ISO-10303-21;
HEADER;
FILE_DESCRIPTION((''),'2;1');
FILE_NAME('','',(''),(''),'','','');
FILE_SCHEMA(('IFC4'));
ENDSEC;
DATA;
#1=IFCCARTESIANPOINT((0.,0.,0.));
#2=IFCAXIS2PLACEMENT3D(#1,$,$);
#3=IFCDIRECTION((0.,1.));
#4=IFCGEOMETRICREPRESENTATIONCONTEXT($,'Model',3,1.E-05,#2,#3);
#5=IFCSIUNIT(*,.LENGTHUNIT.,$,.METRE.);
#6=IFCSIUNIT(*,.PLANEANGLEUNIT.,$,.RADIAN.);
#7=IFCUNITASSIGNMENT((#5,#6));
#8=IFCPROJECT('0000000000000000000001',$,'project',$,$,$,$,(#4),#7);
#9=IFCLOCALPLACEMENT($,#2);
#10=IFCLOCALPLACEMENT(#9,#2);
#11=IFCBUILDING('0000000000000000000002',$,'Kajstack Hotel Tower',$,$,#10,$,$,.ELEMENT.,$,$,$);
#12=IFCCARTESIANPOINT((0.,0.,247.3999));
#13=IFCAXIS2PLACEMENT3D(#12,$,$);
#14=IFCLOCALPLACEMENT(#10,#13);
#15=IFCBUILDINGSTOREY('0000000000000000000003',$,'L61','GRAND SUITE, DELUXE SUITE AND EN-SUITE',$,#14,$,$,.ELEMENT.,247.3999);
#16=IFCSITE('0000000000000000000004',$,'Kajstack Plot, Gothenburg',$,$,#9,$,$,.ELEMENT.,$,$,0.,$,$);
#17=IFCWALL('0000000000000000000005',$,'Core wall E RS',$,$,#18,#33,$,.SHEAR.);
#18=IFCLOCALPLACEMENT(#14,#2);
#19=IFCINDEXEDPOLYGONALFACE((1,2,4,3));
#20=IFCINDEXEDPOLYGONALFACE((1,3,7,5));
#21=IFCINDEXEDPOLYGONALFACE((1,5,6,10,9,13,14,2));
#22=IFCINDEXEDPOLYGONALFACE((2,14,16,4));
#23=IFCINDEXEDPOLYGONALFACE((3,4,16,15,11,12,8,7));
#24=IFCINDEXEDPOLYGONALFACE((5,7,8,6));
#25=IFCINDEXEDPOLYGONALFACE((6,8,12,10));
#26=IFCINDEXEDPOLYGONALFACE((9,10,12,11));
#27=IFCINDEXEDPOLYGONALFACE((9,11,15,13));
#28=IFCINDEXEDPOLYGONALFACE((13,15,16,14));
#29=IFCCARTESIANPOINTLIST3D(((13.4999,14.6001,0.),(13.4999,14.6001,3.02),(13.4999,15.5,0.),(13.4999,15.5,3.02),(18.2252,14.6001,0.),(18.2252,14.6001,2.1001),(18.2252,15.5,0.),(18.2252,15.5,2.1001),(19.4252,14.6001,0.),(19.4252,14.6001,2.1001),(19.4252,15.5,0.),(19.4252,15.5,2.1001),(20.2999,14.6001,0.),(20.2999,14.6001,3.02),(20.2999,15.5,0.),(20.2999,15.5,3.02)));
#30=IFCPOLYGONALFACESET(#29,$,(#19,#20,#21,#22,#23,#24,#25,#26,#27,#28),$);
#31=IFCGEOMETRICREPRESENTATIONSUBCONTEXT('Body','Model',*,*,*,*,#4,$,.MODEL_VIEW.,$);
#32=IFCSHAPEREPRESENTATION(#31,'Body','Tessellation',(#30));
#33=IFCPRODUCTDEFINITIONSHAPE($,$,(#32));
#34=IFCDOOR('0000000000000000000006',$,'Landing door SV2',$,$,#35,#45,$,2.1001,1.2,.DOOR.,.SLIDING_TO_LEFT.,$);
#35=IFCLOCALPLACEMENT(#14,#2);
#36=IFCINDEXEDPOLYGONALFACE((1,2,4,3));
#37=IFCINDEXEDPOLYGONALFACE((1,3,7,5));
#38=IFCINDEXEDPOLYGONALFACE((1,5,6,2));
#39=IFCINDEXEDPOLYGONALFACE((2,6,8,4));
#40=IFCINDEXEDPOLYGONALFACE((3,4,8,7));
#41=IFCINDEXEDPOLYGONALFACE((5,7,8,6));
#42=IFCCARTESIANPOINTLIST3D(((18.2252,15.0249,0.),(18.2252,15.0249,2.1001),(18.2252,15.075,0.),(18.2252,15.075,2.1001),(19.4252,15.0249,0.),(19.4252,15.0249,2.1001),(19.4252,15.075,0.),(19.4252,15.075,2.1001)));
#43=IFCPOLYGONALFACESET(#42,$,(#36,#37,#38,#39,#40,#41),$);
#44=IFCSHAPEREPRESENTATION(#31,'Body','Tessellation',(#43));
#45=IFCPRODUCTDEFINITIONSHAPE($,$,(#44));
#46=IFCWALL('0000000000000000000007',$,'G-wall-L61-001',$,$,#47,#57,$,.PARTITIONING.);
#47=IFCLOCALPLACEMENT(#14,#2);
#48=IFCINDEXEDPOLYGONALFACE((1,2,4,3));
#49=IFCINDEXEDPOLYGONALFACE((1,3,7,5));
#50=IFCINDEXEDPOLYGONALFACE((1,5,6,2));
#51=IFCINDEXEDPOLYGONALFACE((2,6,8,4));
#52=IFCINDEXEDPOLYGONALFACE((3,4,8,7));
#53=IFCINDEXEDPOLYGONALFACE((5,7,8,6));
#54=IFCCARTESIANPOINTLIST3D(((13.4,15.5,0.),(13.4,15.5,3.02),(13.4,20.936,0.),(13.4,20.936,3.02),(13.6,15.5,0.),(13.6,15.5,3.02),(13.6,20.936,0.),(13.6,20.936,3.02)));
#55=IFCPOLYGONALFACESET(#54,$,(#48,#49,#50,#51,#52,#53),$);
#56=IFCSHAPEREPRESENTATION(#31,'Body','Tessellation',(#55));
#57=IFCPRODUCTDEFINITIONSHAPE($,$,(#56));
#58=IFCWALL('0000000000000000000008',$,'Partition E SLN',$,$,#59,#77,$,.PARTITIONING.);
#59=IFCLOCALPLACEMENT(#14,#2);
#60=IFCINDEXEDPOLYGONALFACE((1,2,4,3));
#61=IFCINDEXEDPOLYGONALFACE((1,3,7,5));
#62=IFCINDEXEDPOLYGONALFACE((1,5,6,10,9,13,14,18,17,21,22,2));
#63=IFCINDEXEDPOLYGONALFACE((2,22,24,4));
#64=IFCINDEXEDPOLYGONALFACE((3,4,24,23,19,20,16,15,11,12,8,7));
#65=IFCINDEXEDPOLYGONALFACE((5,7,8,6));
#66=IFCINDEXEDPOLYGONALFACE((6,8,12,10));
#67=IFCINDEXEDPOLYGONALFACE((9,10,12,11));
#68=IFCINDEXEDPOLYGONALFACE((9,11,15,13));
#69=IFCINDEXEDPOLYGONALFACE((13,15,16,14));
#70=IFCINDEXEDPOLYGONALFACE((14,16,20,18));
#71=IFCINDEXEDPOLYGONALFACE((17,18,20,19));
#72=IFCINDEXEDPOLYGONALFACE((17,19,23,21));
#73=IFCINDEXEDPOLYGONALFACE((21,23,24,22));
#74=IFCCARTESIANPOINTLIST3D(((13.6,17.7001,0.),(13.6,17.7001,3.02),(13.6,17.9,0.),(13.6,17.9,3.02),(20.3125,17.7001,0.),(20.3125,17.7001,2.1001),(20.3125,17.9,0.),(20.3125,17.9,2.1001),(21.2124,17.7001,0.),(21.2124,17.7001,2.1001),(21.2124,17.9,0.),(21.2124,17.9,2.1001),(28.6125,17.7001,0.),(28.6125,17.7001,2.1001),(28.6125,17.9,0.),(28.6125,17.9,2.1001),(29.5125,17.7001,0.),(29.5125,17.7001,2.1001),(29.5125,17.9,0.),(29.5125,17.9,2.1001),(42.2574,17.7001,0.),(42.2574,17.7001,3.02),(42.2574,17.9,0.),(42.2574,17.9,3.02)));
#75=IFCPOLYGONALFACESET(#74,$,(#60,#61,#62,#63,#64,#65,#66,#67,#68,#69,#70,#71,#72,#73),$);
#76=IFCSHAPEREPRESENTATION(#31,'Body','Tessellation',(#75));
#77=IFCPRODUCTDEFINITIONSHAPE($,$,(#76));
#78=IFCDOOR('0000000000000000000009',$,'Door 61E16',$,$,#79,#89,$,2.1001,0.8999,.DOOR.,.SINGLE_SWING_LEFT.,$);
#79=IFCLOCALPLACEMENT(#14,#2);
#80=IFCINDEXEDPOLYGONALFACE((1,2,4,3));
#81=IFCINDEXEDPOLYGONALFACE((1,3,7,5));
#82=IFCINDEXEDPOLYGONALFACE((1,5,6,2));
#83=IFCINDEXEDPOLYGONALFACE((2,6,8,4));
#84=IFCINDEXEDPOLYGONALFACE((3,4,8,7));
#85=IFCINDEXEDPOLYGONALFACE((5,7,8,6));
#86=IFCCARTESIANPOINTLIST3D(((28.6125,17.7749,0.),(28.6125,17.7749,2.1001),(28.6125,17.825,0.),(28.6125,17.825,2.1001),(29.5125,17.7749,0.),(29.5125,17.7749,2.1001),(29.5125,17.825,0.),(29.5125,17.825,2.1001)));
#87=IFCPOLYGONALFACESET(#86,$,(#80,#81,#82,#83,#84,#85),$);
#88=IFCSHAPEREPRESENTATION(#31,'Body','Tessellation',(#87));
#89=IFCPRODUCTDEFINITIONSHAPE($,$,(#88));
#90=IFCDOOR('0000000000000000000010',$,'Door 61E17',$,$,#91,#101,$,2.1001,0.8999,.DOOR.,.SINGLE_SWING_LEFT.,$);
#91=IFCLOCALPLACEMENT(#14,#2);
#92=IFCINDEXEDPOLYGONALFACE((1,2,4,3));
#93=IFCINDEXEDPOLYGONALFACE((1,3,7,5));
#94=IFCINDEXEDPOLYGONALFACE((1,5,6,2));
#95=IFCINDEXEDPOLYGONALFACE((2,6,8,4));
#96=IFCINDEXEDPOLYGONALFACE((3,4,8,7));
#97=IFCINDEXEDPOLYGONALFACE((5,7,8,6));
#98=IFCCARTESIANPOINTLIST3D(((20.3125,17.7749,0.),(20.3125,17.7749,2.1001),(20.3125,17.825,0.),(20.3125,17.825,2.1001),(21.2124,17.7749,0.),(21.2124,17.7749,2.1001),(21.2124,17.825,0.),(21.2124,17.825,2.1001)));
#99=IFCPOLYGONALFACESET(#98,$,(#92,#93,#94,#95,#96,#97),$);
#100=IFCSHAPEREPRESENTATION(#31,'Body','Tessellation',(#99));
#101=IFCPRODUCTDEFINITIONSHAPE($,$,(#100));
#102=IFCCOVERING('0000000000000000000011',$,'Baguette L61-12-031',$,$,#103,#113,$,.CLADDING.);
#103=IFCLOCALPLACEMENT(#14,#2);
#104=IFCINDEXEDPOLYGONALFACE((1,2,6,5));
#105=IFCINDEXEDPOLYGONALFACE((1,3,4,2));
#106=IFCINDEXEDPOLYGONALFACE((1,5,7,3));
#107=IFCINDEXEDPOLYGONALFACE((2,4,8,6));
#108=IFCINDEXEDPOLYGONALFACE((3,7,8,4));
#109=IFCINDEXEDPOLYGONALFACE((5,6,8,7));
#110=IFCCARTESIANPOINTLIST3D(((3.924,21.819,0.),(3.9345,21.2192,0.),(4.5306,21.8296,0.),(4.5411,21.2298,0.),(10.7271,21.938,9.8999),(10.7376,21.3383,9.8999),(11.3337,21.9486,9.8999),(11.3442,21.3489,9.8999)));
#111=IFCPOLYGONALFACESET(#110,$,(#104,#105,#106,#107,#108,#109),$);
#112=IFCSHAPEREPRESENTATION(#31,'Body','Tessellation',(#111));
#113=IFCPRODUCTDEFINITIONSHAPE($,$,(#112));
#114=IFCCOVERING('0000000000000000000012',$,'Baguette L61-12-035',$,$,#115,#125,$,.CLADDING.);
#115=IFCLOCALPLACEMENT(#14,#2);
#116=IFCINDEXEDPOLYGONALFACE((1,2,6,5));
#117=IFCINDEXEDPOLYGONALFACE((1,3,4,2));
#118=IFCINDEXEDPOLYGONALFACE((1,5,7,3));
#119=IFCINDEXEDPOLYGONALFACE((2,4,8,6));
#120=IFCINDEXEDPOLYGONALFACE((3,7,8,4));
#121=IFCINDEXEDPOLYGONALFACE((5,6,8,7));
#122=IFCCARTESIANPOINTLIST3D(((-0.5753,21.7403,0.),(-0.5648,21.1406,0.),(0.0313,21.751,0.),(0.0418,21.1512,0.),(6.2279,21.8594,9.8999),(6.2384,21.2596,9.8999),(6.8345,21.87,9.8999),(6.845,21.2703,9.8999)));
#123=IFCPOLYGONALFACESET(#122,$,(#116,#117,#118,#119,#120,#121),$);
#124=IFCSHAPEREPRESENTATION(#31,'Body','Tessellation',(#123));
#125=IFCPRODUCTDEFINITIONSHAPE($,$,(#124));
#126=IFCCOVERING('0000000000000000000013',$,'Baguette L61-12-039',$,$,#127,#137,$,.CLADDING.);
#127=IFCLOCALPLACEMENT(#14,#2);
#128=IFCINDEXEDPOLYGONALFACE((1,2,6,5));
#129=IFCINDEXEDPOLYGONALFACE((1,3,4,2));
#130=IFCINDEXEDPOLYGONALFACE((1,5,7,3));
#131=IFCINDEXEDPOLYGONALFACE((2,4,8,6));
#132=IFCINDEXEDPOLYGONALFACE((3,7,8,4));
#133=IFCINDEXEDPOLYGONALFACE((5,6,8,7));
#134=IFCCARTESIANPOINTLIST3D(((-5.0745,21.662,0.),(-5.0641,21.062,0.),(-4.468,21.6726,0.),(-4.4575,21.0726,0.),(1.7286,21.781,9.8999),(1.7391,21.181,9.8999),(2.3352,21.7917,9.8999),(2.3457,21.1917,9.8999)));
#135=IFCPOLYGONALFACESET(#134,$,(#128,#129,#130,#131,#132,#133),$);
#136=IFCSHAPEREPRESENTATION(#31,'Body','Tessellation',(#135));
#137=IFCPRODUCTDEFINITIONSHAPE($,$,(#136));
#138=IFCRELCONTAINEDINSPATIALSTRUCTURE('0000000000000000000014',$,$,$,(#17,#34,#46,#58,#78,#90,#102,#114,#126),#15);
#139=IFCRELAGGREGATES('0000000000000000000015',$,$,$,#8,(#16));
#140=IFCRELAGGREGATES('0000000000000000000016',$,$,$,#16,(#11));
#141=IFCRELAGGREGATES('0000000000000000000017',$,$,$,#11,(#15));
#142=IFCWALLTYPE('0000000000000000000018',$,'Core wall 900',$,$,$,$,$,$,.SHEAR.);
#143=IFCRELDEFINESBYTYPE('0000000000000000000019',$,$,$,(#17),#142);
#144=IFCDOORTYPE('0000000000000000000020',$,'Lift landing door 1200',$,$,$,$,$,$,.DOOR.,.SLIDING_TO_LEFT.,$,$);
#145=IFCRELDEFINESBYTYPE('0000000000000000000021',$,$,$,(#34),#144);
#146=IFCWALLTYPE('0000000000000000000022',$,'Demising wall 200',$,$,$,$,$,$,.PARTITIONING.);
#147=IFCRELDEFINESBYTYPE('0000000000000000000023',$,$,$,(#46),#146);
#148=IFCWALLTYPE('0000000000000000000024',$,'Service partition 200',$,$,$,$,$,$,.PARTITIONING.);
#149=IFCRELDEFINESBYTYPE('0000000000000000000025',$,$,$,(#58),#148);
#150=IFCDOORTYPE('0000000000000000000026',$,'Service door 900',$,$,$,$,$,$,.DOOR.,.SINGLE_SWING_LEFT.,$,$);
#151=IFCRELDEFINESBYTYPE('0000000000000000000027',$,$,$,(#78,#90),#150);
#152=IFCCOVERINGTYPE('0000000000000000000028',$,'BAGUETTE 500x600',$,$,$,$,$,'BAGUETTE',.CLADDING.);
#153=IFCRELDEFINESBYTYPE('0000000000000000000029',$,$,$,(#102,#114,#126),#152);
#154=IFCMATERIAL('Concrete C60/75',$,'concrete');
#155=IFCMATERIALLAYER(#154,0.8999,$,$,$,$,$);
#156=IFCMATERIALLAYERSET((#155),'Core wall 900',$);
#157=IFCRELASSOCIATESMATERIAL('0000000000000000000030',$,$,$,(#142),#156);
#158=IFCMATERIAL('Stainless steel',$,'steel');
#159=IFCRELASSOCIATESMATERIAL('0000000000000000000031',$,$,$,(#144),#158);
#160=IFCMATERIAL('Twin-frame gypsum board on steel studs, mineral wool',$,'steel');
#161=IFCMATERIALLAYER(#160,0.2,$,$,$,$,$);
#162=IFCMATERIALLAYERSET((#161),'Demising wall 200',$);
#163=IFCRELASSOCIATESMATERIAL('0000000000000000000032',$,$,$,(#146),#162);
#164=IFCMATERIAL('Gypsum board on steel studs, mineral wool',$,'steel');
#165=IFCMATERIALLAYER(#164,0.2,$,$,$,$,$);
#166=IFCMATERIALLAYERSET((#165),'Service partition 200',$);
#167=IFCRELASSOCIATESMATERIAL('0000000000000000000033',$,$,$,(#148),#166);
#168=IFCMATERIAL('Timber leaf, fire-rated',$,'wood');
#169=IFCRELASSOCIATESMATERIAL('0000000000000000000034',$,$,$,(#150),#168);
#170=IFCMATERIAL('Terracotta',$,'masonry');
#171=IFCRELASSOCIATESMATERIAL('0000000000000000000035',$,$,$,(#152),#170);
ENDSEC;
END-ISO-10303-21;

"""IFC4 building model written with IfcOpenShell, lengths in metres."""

from ifc_helpers import new_model, si_unit, direction, frame, frame_2d, origin, origin_2d, place, context, subcontext, project, spatial, polyline, rectangle, outline, extrude, material, layer, layer_set, material_profile, profile_set, type_object, element, fill, save


model = new_model("IFC4")

# Units and contexts
model_context = context("Model", 3, precision=1e-05, world=origin(), true_north=direction((0.0, 1.0)))
body_context = subcontext(model_context, "Body", "Model", "MODEL_VIEW")
ifc_project = project(units=[si_unit("LENGTHUNIT", "METRE"), si_unit("PLANEANGLEUNIT", "RADIAN")], contexts=[model_context])

# Site, building, storey
site_placement = place(None, origin())
site = spatial("IfcSite", under=ifc_project, at=site_placement, Name="Kajstack Plot, Gothenburg", CompositionType="ELEMENT", RefElevation=0.0)
building_placement = place(site_placement, origin())
building = spatial("IfcBuilding", under=site, at=building_placement, Name="Kajstack Hotel Tower", CompositionType="ELEMENT")
storey_placement = place(building_placement, frame((0.0, 0.0, 247.3999)))
storey = spatial("IfcBuildingStorey", under=building, at=storey_placement, Name="L61", Description="GRAND SUITE, DELUXE SUITE AND EN-SUITE", CompositionType="ELEMENT", Elevation=247.3999)

# Wall, opening, door
ifc_material_1 = material(Name="Concrete C60/75", Category="concrete")
ifc_layer_1 = layer(ifc_material_1, 0.8999)
ifc_layer_set_1 = layer_set([ifc_layer_1], Name="Core wall 900")
wall_type_1 = type_object("IfcWallType", Name="Core wall 900", PredefinedType="SHEAR", material=ifc_layer_set_1)
wall_1_placement = place(storey_placement, frame((13.5, 15.05, 0.0), z_axis=(0.0, 0.0, 1.0), x_axis=(1.0, 0.0, 0.0)))
wall_1 = element("IfcWall", 1, at=wall_1_placement, inside=storey, type_object=wall_type_1, Name="Core wall E RS", PredefinedType="SHEAR", context=body_context, shape_type="SweptSolid", body=[
    extrude(rectangle(XDim=6.8, YDim=0.8999, at=frame_2d((3.3999, 0.0))), origin(), (0.0, 0.0, 1.0), 3.02),
])
opening_1_placement = place(wall_1_placement, frame((4.7251, 0.0, 0.0)))
opening_1 = element("IfcOpeningElement", 2, at=opening_1_placement, cuts=wall_1, PredefinedType="OPENING", context=body_context, shape_type="SweptSolid", body=[
    extrude(rectangle(XDim=1.2, YDim=2.1001, at=frame_2d((0.6001, 1.05))), frame((0.0, 0.46, 0.0), z_axis=(0.0, -1.0, 0.0), x_axis=(1.0, 0.0, 0.0)), (0.0, 0.0, 1.0), 0.9199),
])
ifc_material_2 = material(Name="Stainless steel", Category="steel")
door_type_1 = type_object("IfcDoorType", Name="Lift landing door 1200", OperationType="SLIDING_TO_LEFT", PredefinedType="DOOR", material=ifc_material_2)
door_1_placement = place(opening_1_placement, origin())
door_1 = element("IfcDoor", 3, at=door_1_placement, inside=storey, type_object=door_type_1, Name="Landing door SV2", OperationType="SLIDING_TO_LEFT", OverallHeight=2.1001, OverallWidth=1.2, PredefinedType="DOOR", context=body_context, shape_type="SweptSolid", body=[
    extrude(rectangle(XDim=1.2, YDim=2.1001, at=frame_2d((0.6001, 1.05))), frame((0.0, 0.0249, 0.0), z_axis=(0.0, -1.0, 0.0), x_axis=(1.0, 0.0, 0.0)), (0.0, 0.0, 1.0), 0.05),
])
fill(opening_1, door_1)

# Wall
ifc_material_3 = material(Name="Twin-frame gypsum board on steel studs, mineral wool", Category="steel")
ifc_layer_2 = layer(ifc_material_3, 0.2)
ifc_layer_set_2 = layer_set([ifc_layer_2], Name="Demising wall 200")
wall_type_2 = type_object("IfcWallType", Name="Demising wall 200", PredefinedType="PARTITIONING", material=ifc_layer_set_2)
wall_2_placement = place(storey_placement, frame((13.5, 15.5, 0.0), z_axis=(0.0, 0.0, 1.0), x_axis=(0.0, 1.0, 0.0)))
element("IfcWall", 4, at=wall_2_placement, inside=storey, type_object=wall_type_2, Name="G-wall-L61-001", PredefinedType="PARTITIONING", context=body_context, shape_type="SweptSolid", body=[
    extrude(rectangle(XDim=5.436, YDim=0.2, at=frame_2d((2.718, 0.0))), origin(), (0.0, 0.0, 1.0), 3.02),
])

# Wall, openings, doors
ifc_material_4 = material(Name="Gypsum board on steel studs, mineral wool", Category="steel")
ifc_layer_3 = layer(ifc_material_4, 0.2)
ifc_layer_set_3 = layer_set([ifc_layer_3], Name="Service partition 200")
wall_type_3 = type_object("IfcWallType", Name="Service partition 200", PredefinedType="PARTITIONING", material=ifc_layer_set_3)
wall_3_placement = place(storey_placement, frame((13.6001, 17.8, 0.0), z_axis=(0.0, 0.0, 1.0), x_axis=(1.0, 0.0, 0.0)))
wall_3 = element("IfcWall", 5, at=wall_3_placement, inside=storey, type_object=wall_type_3, Name="Partition E SLN", PredefinedType="PARTITIONING", context=body_context, shape_type="SweptSolid", body=[
    extrude(rectangle(XDim=28.6575, YDim=0.2, at=frame_2d((14.3286, 0.0))), origin(), (0.0, 0.0, 1.0), 3.02),
])
opening_2_placement = place(wall_3_placement, frame((15.0125, 0.0, 0.0)))
opening_2 = element("IfcOpeningElement", 6, at=opening_2_placement, cuts=wall_3, PredefinedType="OPENING", context=body_context, shape_type="SweptSolid", body=[
    extrude(rectangle(XDim=0.8999, YDim=2.1001, at=frame_2d((0.45, 1.05))), frame((0.0, 0.1099, 0.0), z_axis=(0.0, -1.0, 0.0), x_axis=(1.0, 0.0, 0.0)), (0.0, 0.0, 1.0), 0.22),
])
opening_3_placement = place(wall_3_placement, frame((6.7124, 0.0, 0.0)))
opening_3 = element("IfcOpeningElement", 7, at=opening_3_placement, cuts=wall_3, PredefinedType="OPENING", context=body_context, shape_type="SweptSolid", body=[
    extrude(rectangle(XDim=0.8999, YDim=2.1001, at=frame_2d((0.45, 1.05))), frame((0.0, 0.1099, 0.0), z_axis=(0.0, -1.0, 0.0), x_axis=(1.0, 0.0, 0.0)), (0.0, 0.0, 1.0), 0.22),
])
ifc_material_5 = material(Name="Timber leaf, fire-rated", Category="wood")
door_type_2 = type_object("IfcDoorType", Name="Service door 900", OperationType="SINGLE_SWING_LEFT", PredefinedType="DOOR", material=ifc_material_5)
door_2_placement = place(opening_2_placement, origin())
door_2 = element("IfcDoor", 8, at=door_2_placement, inside=storey, type_object=door_type_2, Name="Door 61E16", OperationType="SINGLE_SWING_LEFT", OverallHeight=2.1001, OverallWidth=0.8999, PredefinedType="DOOR", context=body_context, shape_type="SweptSolid", body=[
    extrude(rectangle(XDim=0.8999, YDim=2.1001, at=frame_2d((0.45, 1.05))), frame((0.0, 0.0249, 0.0), z_axis=(0.0, -1.0, 0.0), x_axis=(1.0, 0.0, 0.0)), (0.0, 0.0, 1.0), 0.05),
])
fill(opening_2, door_2)
door_3_placement = place(opening_3_placement, origin())
door_3 = element("IfcDoor", 9, at=door_3_placement, inside=storey, type_object=door_type_2, Name="Door 61E17", OperationType="SINGLE_SWING_LEFT", OverallHeight=2.1001, OverallWidth=0.8999, PredefinedType="DOOR", context=body_context, shape_type="SweptSolid", body=[
    extrude(rectangle(XDim=0.8999, YDim=2.1001, at=frame_2d((0.45, 1.05))), frame((0.0, 0.0249, 0.0), z_axis=(0.0, -1.0, 0.0), x_axis=(1.0, 0.0, 0.0)), (0.0, 0.0, 1.0), 0.05),
])
fill(opening_3, door_3)

# Coverings
ifc_material_6 = material(Name="Terracotta", Category="masonry")
ifc_material_profile = material_profile(ifc_material_6, rectangle(XDim=0.6001, YDim=0.5, at=origin_2d()), Name="Terracotta-clad concrete baguette 500 x 600")
ifc_profile_set = profile_set([ifc_material_profile], Name="Terracotta")
covering_type = type_object("IfcCoveringType", Name="BAGUETTE 500x600", ElementType="BAGUETTE", PredefinedType="CLADDING", material=ifc_profile_set)
for number, where, z_axis, x_axis, name in (
    (10, (11.3442, 21.3489, 0.0), (-0.017498, 0.999847, 0.0), (-0.999847, -0.017498, 0.0), "Baguette L61-12-031"),
    (11, (6.845, 21.2703, 0.0), (-0.017498, 0.999847, 0.0), (-0.999847, -0.017498, 0.0), "Baguette L61-12-035"),
):
    element("IfcCovering", number, at=place(storey_placement, frame(where, z_axis=z_axis, x_axis=x_axis)), inside=storey, type_object=covering_type, Name=name, PredefinedType="CLADDING", context=body_context, shape_type="SweptSolid", body=[
        extrude(outline(polyline([(0.0, 9.8999), (6.8042, 0.0), (7.4109, 0.0), (0.6067, 9.8999), (0.0, 9.8999)])), origin(), (0.0, 0.0, 1.0), 0.5999),
    ])
covering_placement = place(storey_placement, frame((2.3457, 21.1917, 0.0), z_axis=(-0.017491, 0.999847, 0.0), x_axis=(-0.999847, -0.017491, 0.0)))
element("IfcCovering", 12, at=covering_placement, inside=storey, type_object=covering_type, Name="Baguette L61-12-039", PredefinedType="CLADDING", context=body_context, shape_type="SweptSolid", body=[
    extrude(outline(polyline([(0.0, 9.8999), (6.8042, 0.0), (7.4109, 0.0), (0.6067, 9.8999), (0.0, 9.8999)])), origin(), (0.0, 0.0, 1.0), 0.6001),
])

save(model, "model.ifc")
